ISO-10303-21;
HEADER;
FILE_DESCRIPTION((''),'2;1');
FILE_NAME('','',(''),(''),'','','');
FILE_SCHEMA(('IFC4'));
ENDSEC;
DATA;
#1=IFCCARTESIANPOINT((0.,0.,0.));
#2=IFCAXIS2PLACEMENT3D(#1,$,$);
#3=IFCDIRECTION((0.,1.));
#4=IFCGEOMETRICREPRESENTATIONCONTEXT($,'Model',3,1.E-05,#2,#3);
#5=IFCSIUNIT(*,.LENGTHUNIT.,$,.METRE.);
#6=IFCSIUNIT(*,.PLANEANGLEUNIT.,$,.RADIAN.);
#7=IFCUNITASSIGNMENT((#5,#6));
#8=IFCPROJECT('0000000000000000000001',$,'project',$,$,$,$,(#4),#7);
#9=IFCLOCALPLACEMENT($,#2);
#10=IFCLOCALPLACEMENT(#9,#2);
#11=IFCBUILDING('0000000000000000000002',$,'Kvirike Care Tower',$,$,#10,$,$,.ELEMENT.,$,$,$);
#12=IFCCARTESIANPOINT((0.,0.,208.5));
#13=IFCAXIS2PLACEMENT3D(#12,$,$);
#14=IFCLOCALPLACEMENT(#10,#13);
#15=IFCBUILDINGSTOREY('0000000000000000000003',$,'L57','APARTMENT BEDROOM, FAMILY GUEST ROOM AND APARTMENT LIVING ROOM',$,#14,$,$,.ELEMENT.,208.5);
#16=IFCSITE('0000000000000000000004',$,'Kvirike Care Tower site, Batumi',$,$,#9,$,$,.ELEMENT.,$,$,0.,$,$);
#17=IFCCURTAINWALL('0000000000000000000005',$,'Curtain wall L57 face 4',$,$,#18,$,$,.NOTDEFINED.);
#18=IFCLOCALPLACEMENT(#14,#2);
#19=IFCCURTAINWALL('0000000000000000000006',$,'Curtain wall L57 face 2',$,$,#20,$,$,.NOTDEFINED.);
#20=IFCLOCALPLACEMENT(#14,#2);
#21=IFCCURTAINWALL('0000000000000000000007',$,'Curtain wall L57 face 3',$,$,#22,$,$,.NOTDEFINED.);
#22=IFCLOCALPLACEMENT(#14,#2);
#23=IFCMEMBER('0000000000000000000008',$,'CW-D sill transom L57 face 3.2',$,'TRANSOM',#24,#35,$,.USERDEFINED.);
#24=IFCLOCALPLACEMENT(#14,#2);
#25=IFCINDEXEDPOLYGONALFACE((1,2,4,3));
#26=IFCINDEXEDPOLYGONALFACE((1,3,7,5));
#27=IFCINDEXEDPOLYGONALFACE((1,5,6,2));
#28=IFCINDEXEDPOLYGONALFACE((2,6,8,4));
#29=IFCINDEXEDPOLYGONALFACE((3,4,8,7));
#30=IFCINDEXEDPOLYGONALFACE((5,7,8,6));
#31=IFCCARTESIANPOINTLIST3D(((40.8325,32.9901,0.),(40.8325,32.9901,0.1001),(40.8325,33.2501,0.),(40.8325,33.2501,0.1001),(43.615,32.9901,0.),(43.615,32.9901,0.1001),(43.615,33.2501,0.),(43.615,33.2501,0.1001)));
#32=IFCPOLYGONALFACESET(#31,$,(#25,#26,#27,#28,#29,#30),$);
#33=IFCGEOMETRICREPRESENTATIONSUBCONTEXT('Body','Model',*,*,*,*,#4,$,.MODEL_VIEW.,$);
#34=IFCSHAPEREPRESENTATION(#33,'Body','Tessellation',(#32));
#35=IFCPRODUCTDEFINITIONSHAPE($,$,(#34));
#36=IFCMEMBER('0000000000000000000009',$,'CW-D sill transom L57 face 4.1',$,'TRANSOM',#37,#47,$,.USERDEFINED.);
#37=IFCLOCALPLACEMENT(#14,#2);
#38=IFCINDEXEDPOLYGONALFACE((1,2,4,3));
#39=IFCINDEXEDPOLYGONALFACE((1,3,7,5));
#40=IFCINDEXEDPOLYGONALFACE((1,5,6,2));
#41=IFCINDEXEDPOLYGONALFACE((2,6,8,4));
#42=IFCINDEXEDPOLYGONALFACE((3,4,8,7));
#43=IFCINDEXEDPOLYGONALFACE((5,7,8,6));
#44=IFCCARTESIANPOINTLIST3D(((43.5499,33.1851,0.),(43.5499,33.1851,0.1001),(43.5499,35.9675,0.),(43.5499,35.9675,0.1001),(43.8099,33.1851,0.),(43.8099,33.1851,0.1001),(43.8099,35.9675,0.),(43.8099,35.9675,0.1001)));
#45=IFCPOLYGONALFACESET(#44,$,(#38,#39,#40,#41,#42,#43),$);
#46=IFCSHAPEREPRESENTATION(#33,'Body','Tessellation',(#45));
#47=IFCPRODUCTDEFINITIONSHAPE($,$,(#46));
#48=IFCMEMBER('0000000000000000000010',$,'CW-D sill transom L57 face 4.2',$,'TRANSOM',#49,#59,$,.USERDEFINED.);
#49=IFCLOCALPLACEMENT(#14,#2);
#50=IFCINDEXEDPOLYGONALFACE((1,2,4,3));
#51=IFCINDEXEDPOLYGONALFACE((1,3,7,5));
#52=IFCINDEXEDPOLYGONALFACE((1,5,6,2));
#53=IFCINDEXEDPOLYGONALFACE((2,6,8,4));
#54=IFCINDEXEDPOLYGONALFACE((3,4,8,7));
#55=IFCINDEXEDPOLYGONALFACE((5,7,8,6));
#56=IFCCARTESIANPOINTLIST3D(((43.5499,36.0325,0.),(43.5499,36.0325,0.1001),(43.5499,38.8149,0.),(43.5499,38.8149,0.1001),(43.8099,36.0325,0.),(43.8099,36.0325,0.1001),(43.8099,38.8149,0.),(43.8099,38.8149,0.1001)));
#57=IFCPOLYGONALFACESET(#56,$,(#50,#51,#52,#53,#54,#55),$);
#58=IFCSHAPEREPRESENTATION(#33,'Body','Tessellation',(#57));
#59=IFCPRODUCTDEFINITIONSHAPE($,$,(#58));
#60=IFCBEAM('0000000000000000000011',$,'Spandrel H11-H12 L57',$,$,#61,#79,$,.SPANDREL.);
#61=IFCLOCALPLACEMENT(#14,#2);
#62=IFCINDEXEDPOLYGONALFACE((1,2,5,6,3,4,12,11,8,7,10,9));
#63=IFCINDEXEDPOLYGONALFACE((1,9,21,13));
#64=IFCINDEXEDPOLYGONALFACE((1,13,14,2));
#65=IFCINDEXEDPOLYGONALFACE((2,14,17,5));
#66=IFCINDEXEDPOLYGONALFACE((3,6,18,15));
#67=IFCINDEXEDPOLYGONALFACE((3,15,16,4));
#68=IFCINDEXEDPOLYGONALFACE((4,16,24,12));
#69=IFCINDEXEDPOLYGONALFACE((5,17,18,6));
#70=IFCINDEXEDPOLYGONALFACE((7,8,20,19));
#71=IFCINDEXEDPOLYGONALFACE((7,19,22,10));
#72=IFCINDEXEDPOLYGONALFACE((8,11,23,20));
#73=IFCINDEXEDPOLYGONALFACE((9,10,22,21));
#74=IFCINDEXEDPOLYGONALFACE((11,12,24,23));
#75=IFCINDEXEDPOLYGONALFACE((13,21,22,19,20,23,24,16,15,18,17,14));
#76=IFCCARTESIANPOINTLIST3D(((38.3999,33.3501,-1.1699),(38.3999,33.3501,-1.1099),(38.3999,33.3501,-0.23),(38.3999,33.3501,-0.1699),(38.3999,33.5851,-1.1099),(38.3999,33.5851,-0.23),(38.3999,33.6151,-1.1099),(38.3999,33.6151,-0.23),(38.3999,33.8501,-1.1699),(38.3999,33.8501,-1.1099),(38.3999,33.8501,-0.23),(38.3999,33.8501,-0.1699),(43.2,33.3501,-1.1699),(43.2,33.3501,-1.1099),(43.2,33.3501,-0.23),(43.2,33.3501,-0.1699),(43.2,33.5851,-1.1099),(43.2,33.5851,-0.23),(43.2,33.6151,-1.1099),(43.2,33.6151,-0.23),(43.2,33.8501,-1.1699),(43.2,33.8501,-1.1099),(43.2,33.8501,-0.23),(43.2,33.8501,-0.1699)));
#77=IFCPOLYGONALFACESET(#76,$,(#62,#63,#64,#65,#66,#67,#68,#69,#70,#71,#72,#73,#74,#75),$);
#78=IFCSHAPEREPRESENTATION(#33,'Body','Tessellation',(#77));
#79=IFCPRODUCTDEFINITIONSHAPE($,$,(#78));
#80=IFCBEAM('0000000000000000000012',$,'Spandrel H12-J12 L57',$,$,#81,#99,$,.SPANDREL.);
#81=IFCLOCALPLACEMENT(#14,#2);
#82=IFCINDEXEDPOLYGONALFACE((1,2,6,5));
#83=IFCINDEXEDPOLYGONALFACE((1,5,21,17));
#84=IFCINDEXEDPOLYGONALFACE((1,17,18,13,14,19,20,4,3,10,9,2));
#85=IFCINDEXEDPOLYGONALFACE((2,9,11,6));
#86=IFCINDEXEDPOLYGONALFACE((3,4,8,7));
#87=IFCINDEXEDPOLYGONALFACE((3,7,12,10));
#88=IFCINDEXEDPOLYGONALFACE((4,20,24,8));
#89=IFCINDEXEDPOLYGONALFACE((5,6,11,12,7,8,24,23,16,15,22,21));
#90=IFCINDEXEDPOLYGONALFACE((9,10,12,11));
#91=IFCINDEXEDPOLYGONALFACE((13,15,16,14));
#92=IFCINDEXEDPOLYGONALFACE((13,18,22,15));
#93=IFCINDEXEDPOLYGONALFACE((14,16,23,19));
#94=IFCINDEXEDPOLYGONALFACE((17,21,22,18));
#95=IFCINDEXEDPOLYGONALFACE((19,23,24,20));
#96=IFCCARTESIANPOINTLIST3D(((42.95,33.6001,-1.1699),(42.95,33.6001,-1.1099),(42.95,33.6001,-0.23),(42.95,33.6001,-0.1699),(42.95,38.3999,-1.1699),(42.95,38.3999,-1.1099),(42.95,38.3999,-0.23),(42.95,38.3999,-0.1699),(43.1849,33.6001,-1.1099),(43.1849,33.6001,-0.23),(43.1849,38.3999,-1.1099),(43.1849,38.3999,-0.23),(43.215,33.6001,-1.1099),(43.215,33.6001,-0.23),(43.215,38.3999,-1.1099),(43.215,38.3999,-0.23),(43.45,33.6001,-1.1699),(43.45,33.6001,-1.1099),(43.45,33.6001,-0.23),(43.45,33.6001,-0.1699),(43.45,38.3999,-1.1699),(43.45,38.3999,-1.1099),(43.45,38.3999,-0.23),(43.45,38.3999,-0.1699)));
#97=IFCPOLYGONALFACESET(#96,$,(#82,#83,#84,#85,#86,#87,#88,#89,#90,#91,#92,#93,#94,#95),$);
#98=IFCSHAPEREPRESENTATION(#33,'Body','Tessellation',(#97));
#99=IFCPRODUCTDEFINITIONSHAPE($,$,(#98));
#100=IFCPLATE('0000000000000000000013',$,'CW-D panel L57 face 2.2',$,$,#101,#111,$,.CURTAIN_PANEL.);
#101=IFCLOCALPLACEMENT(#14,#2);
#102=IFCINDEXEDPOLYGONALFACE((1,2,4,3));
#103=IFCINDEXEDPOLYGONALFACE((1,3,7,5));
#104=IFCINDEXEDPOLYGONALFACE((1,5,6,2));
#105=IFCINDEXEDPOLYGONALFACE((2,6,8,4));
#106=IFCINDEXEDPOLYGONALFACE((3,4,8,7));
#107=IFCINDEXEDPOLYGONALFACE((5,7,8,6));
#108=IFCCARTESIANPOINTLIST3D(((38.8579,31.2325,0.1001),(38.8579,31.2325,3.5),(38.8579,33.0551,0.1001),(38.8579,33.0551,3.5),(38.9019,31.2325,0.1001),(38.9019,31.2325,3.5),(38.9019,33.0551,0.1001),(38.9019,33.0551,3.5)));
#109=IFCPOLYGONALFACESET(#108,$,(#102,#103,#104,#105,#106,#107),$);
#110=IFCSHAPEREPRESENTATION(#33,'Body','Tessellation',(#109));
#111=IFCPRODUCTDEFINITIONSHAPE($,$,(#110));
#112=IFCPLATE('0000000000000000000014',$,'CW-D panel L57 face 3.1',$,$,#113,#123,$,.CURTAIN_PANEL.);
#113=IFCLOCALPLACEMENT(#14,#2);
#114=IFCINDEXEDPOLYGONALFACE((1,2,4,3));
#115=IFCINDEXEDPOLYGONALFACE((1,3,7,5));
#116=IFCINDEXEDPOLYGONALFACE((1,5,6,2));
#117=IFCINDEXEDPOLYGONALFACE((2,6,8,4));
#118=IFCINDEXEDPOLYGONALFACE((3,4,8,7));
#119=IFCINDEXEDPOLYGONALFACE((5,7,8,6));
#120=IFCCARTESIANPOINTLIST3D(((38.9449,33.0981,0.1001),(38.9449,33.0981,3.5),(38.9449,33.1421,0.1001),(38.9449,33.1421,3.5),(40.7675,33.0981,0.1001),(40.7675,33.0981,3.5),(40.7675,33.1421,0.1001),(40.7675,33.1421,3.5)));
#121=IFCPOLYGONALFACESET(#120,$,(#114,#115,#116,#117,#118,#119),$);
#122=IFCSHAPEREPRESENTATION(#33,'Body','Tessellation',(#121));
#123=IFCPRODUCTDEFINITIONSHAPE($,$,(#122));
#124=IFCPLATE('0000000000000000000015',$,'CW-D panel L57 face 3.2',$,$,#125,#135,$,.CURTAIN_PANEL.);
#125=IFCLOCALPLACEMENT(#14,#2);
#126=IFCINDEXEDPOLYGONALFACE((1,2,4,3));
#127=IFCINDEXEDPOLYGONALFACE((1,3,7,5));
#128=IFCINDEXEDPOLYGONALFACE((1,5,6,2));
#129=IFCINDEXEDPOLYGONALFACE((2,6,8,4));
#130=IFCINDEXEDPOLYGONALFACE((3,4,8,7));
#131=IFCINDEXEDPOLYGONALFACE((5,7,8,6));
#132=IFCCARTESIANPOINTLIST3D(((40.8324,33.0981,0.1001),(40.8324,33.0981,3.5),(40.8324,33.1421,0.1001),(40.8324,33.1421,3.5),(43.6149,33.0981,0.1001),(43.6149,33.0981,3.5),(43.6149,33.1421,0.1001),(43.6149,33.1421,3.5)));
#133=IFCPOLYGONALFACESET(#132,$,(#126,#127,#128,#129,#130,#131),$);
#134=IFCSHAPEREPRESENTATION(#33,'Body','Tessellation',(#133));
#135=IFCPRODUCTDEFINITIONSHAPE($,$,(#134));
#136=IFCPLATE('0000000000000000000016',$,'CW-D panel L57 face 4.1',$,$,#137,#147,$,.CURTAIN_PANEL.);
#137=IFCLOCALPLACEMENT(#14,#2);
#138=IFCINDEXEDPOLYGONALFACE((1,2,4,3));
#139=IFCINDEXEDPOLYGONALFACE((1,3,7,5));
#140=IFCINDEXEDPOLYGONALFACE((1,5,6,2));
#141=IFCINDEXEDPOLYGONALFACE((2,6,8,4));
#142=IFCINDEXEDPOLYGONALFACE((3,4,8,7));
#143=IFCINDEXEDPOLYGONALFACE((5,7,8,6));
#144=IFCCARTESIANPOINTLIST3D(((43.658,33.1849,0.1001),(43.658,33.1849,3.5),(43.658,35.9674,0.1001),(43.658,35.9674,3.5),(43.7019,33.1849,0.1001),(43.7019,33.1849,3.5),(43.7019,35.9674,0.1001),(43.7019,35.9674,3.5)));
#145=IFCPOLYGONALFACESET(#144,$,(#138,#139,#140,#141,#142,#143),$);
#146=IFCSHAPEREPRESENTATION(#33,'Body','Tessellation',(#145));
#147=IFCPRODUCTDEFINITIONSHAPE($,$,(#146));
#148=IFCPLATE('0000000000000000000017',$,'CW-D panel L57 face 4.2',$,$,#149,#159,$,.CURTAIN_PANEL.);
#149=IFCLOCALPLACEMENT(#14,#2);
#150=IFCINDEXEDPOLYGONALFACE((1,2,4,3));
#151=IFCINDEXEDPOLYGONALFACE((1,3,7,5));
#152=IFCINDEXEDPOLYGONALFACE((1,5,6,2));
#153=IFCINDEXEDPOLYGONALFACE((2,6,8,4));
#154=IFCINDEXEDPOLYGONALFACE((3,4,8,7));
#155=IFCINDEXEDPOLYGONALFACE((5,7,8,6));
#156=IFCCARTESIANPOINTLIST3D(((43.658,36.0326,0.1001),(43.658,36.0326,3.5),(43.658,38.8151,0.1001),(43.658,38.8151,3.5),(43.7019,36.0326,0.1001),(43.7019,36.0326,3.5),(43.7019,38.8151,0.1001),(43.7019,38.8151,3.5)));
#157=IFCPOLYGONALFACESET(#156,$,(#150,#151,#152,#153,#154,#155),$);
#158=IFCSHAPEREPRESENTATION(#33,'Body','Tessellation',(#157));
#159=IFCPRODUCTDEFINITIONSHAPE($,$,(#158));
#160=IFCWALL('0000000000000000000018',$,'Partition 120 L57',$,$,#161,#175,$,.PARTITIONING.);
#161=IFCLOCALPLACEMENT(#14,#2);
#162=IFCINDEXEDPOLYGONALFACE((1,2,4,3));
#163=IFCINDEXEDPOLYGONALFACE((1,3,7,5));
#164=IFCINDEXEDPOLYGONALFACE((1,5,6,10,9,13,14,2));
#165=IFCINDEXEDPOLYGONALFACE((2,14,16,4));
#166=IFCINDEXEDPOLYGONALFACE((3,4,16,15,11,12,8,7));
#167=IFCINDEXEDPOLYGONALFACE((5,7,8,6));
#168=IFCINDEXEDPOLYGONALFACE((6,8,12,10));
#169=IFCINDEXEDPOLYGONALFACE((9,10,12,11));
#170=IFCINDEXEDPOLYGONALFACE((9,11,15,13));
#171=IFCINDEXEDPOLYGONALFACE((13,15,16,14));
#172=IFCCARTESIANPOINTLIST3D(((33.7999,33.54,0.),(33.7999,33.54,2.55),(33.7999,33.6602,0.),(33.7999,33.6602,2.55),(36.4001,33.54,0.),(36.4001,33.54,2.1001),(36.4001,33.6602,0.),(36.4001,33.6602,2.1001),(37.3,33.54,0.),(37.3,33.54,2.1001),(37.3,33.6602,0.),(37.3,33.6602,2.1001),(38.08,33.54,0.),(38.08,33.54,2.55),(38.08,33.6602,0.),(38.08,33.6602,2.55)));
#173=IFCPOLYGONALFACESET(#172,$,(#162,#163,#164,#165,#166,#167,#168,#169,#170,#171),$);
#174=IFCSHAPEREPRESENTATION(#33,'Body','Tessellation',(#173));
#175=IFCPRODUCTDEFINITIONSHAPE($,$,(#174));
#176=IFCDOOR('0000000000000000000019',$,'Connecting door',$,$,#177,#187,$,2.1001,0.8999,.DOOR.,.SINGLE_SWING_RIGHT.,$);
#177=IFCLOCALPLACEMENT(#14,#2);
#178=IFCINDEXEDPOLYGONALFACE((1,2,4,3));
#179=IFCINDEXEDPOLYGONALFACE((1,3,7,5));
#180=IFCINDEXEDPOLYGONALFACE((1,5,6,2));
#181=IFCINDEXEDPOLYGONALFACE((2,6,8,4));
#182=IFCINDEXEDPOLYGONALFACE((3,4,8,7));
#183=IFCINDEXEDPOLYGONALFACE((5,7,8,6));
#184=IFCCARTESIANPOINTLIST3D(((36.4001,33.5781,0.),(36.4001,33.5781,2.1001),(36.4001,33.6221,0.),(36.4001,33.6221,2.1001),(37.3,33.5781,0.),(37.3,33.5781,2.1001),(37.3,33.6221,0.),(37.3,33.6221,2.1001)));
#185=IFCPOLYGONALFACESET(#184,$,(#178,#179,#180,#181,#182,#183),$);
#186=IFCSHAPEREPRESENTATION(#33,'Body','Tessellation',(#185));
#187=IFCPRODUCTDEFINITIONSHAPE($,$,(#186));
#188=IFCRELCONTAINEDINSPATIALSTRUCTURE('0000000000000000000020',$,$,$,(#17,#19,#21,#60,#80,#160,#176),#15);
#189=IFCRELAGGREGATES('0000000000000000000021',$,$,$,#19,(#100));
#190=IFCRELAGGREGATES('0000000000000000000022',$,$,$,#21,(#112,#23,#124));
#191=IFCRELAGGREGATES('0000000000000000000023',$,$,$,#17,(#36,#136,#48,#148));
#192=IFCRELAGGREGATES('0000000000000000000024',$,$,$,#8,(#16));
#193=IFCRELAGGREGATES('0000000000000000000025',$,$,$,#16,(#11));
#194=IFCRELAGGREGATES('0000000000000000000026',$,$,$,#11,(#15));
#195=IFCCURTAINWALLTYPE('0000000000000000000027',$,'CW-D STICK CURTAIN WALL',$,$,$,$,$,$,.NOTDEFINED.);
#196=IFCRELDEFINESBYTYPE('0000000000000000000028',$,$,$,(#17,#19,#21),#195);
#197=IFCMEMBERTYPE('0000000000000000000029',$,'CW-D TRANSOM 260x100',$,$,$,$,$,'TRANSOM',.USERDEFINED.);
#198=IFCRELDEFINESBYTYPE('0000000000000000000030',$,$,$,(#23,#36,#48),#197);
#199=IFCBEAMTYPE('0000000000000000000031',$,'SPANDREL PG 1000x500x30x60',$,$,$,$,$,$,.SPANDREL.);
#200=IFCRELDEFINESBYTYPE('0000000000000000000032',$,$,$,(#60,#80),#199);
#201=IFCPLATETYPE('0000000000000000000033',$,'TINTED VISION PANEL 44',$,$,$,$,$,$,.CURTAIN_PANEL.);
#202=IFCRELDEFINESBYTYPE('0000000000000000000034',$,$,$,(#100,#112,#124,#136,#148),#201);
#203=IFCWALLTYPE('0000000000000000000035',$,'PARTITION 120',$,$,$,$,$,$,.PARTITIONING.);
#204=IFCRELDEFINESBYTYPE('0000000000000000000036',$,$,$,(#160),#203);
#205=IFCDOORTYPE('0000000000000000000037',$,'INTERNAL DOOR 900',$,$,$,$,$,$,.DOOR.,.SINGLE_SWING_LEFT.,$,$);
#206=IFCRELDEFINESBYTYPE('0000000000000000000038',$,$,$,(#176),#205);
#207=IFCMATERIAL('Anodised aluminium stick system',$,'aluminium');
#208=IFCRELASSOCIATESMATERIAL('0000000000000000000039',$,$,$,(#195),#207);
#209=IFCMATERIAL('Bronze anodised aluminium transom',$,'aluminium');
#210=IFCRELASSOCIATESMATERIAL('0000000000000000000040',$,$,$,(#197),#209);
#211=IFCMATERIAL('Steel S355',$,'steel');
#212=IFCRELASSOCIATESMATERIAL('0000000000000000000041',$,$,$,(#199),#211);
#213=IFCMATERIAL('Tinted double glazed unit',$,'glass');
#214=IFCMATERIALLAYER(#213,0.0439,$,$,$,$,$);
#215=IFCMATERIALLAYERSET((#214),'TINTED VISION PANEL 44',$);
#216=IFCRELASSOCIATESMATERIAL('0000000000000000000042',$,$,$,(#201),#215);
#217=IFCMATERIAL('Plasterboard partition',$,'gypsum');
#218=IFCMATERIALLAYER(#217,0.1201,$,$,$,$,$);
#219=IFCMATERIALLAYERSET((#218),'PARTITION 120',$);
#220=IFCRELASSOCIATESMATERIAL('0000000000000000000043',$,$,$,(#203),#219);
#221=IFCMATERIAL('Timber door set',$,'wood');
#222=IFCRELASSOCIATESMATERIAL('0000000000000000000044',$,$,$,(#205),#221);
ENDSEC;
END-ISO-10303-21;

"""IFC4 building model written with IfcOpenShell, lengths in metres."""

from ifc_helpers import new_model, si_unit, direction, frame, frame_2d, origin, origin_2d, place, context, subcontext, project, spatial, rectangle, i_section, extrude, material, layer, layer_set, material_profile, profile_set, type_object, element, fill, aggregate, save


model = new_model("IFC4")

# Units and contexts
model_context = context("Model", 3, precision=1e-05, world=origin(), true_north=direction((0.0, 1.0)))
body_context = subcontext(model_context, "Body", "Model", "MODEL_VIEW")
ifc_project = project(units=[si_unit("LENGTHUNIT", "METRE"), si_unit("PLANEANGLEUNIT", "RADIAN")], contexts=[model_context])

# Site, building, storey
site_placement = place(None, origin())
site = spatial("IfcSite", under=ifc_project, at=site_placement, Name="Kvirike Care Tower site, Batumi", CompositionType="ELEMENT", RefElevation=0.0)
building_placement = place(site_placement, origin())
building = spatial("IfcBuilding", under=site, at=building_placement, Name="Kvirike Care Tower", CompositionType="ELEMENT")
storey_placement = place(building_placement, frame((0.0, 0.0, 208.5)))
storey = spatial("IfcBuildingStorey", under=building, at=storey_placement, Name="L57", Description="APARTMENT BEDROOM, FAMILY GUEST ROOM AND APARTMENT LIVING ROOM", CompositionType="ELEMENT", Elevation=208.5)

# Curtain walls
ifc_material_1 = material(Name="Anodised aluminium stick system", Category="aluminium")
curtain_wall_type = type_object("IfcCurtainWallType", Name="CW-D STICK CURTAIN WALL", PredefinedType="NOTDEFINED", material=ifc_material_1)
curtain_wall_1_placement = place(storey_placement, origin())
curtain_wall_1 = element("IfcCurtainWall", 1, at=curtain_wall_1_placement, inside=storey, type_object=curtain_wall_type, Name="Curtain wall L57 face 4", PredefinedType="NOTDEFINED")
curtain_wall_2_placement = place(storey_placement, origin())
curtain_wall_2 = element("IfcCurtainWall", 2, at=curtain_wall_2_placement, inside=storey, type_object=curtain_wall_type, Name="Curtain wall L57 face 2", PredefinedType="NOTDEFINED")

# Curtain wall
curtain_wall_3_placement = place(storey_placement, origin())
curtain_wall_3 = element("IfcCurtainWall", 3, at=curtain_wall_3_placement, inside=storey, type_object=curtain_wall_type, Name="Curtain wall L57 face 3", PredefinedType="NOTDEFINED")

# Members
ifc_material_2 = material(Name="Bronze anodised aluminium transom", Category="aluminium")
ifc_material_profile_1 = material_profile(ifc_material_2, rectangle(XDim=0.26, YDim=0.1001, at=origin_2d()), Name="CW-D TRANSOM 260x100")
ifc_profile_set_1 = profile_set([ifc_material_profile_1], Name="Bronze anodised aluminium transom")
member_type_1 = type_object("IfcMemberType", Name="CW-D TRANSOM 260x100", ElementType="TRANSOM", PredefinedType="USERDEFINED", material=ifc_profile_set_1)
member_1_placement = place(storey_placement, frame((40.8325, 33.1201, 0.05), z_axis=(1.0, 0.0, 0.0), x_axis=(0.0, 1.0, 0.0)))
member_1 = element("IfcMember", 4, at=member_1_placement, type_object=member_type_1, Name="CW-D sill transom L57 face 3.2", ObjectType="TRANSOM", PredefinedType="USERDEFINED", context=body_context, shape_type="SweptSolid", body=[
    extrude(rectangle(XDim=0.26, YDim=0.1001, at=origin_2d()), origin(), (0.0, 0.0, 1.0), 2.7825),
])
member_2_placement = place(storey_placement, frame((43.6799, 33.1851, 0.05), z_axis=(0.0, 1.0, 0.0), x_axis=(-1.0, 0.0, 0.0)))
member_2 = element("IfcMember", 5, at=member_2_placement, type_object=member_type_1, Name="CW-D sill transom L57 face 4.1", ObjectType="TRANSOM", PredefinedType="USERDEFINED", context=body_context, shape_type="SweptSolid", body=[
    extrude(rectangle(XDim=0.26, YDim=0.1001, at=origin_2d()), origin(), (0.0, 0.0, 1.0), 2.7825),
])
member_3_placement = place(storey_placement, frame((43.6799, 36.0325, 0.05), z_axis=(0.0, 1.0, 0.0), x_axis=(-1.0, 0.0, 0.0)))
member_3 = element("IfcMember", 6, at=member_3_placement, type_object=member_type_1, Name="CW-D sill transom L57 face 4.2", ObjectType="TRANSOM", PredefinedType="USERDEFINED", context=body_context, shape_type="SweptSolid", body=[
    extrude(rectangle(XDim=0.26, YDim=0.1001, at=origin_2d()), origin(), (0.0, 0.0, 1.0), 2.7825),
])

# Beams
ifc_material_3 = material(Name="Steel S355", Category="steel")
ifc_material_profile_2 = material_profile(ifc_material_3, i_section(OverallWidth=0.5, OverallDepth=1.0, WebThickness=0.03, FlangeThickness=0.0601, at=origin_2d()), Name="PG 1000x500x30x60")
ifc_profile_set_2 = profile_set([ifc_material_profile_2], Name="Steel S355")
beam_type = type_object("IfcBeamType", Name="SPANDREL PG 1000x500x30x60", PredefinedType="SPANDREL", material=ifc_profile_set_2)
beam_1_placement = place(storey_placement, frame((38.3999, 33.6001, -0.6699), z_axis=(1.0, 0.0, 0.0), x_axis=(0.0, 1.0, 0.0)))
element("IfcBeam", 7, at=beam_1_placement, inside=storey, type_object=beam_type, Name="Spandrel H11-H12 L57", PredefinedType="SPANDREL", context=body_context, shape_type="SweptSolid", body=[
    extrude(i_section(OverallWidth=0.5, OverallDepth=1.0, WebThickness=0.03, FlangeThickness=0.0601, at=origin_2d()), origin(), (0.0, 0.0, 1.0), 4.8),
])
beam_2_placement = place(storey_placement, frame((43.2, 33.6001, -0.6699), z_axis=(0.0, 1.0, 0.0), x_axis=(-1.0, 0.0, 0.0)))
element("IfcBeam", 8, at=beam_2_placement, inside=storey, type_object=beam_type, Name="Spandrel H12-J12 L57", PredefinedType="SPANDREL", context=body_context, shape_type="SweptSolid", body=[
    extrude(i_section(OverallWidth=0.5, OverallDepth=1.0, WebThickness=0.03, FlangeThickness=0.0601, at=origin_2d()), origin(), (0.0, 0.0, 1.0), 4.7998),
])

# Plates
ifc_material_4 = material(Name="Tinted double glazed unit", Category="glass")
ifc_layer_1 = layer(ifc_material_4, 0.0439)
ifc_layer_set_1 = layer_set([ifc_layer_1], Name="TINTED VISION PANEL 44")
plate_type = type_object("IfcPlateType", Name="TINTED VISION PANEL 44", PredefinedType="CURTAIN_PANEL", material=ifc_layer_set_1)
plate_1_placement = place(storey_placement, frame((38.8799, 32.1438, 0.1001), z_axis=(0.0, 0.0, 1.0), x_axis=(0.0, 1.0, 0.0)))
plate_1 = element("IfcPlate", 9, at=plate_1_placement, type_object=plate_type, Name="CW-D panel L57 face 2.2", PredefinedType="CURTAIN_PANEL", context=body_context, shape_type="SweptSolid", body=[
    extrude(rectangle(XDim=1.8225, YDim=0.0439, at=origin_2d()), origin(), (0.0, 0.0, 1.0), 3.3999),
])
aggregate(curtain_wall_2, [plate_1])
plate_2_placement = place(storey_placement, frame((39.8562, 33.1201, 0.1001), z_axis=(0.0, 0.0, 1.0), x_axis=(1.0, 0.0, 0.0)))
plate_2 = element("IfcPlate", 10, at=plate_2_placement, type_object=plate_type, Name="CW-D panel L57 face 3.1", PredefinedType="CURTAIN_PANEL", context=body_context, shape_type="SweptSolid", body=[
    extrude(rectangle(XDim=1.8225, YDim=0.0439, at=origin_2d()), origin(), (0.0, 0.0, 1.0), 3.3999),
])
plate_3_placement = place(storey_placement, frame((42.2236, 33.1201, 0.1001), z_axis=(0.0, 0.0, 1.0), x_axis=(1.0, 0.0, 0.0)))
plate_3 = element("IfcPlate", 11, at=plate_3_placement, type_object=plate_type, Name="CW-D panel L57 face 3.2", PredefinedType="CURTAIN_PANEL", context=body_context, shape_type="SweptSolid", body=[
    extrude(rectangle(XDim=2.7825, YDim=0.0439, at=origin_2d()), origin(), (0.0, 0.0, 1.0), 3.3999),
])
aggregate(curtain_wall_3, [plate_2, member_1, plate_3])
plate_4_placement = place(storey_placement, frame((43.6799, 34.5762, 0.1001), z_axis=(0.0, 0.0, 1.0), x_axis=(0.0, 1.0, 0.0)))
plate_4 = element("IfcPlate", 12, at=plate_4_placement, type_object=plate_type, Name="CW-D panel L57 face 4.1", PredefinedType="CURTAIN_PANEL", context=body_context, shape_type="SweptSolid", body=[
    extrude(rectangle(XDim=2.7825, YDim=0.0439, at=origin_2d()), origin(), (0.0, 0.0, 1.0), 3.3999),
])
plate_5_placement = place(storey_placement, frame((43.6799, 37.4238, 0.1001), z_axis=(0.0, 0.0, 1.0), x_axis=(0.0, 1.0, 0.0)))
plate_5 = element("IfcPlate", 13, at=plate_5_placement, type_object=plate_type, Name="CW-D panel L57 face 4.2", PredefinedType="CURTAIN_PANEL", context=body_context, shape_type="SweptSolid", body=[
    extrude(rectangle(XDim=2.7825, YDim=0.0439, at=origin_2d()), origin(), (0.0, 0.0, 1.0), 3.3999),
])
aggregate(curtain_wall_1, [member_2, plate_4, member_3, plate_5])

# Wall, opening, door
ifc_material_5 = material(Name="Plasterboard partition", Category="gypsum")
ifc_layer_2 = layer(ifc_material_5, 0.1201)
ifc_layer_set_2 = layer_set([ifc_layer_2], Name="PARTITION 120")
wall_type_1 = type_object("IfcWallType", Name="PARTITION 120", PredefinedType="PARTITIONING", material=ifc_layer_set_2)
wall_1_placement = place(storey_placement, frame((38.0801, 33.6001, 0.0), z_axis=(0.0, 0.0, 1.0), x_axis=(-1.0, 0.0, 0.0)))
wall_1 = element("IfcWall", 14, at=wall_1_placement, inside=storey, type_object=wall_type_1, Name="Partition 120 L57", PredefinedType="PARTITIONING", context=body_context, shape_type="SweptSolid", body=[
    extrude(rectangle(XDim=4.28, YDim=0.1201, at=frame_2d((2.1401, 0.0))), origin(), (0.0, 0.0, 1.0), 2.55),
])
opening_placement = place(wall_1_placement, frame((0.78, 0.0, 0.0)))
opening = element("IfcOpeningElement", 15, at=opening_placement, cuts=wall_1, PredefinedType="OPENING", context=body_context, shape_type="SweptSolid", body=[
    extrude(rectangle(XDim=0.8999, YDim=2.1001, at=frame_2d((0.45, 1.05))), frame((0.0, 0.0706, 0.0), z_axis=(0.0, -1.0, 0.0), x_axis=(1.0, 0.0, 0.0)), (0.0, 0.0, 1.0), 0.1411),
])
ifc_material_6 = material(Name="Timber door set", Category="wood")
door_type = type_object("IfcDoorType", Name="INTERNAL DOOR 900", OperationType="SINGLE_SWING_LEFT", PredefinedType="DOOR", material=ifc_material_6)
door_placement = place(opening_placement, origin())
door = element("IfcDoor", 16, at=door_placement, inside=storey, type_object=door_type, Name="Connecting door", OperationType="SINGLE_SWING_RIGHT", OverallHeight=2.1001, OverallWidth=0.8999, PredefinedType="DOOR", context=body_context, shape_type="SweptSolid", body=[
    extrude(rectangle(XDim=0.8999, YDim=2.1001, at=frame_2d((0.45, 1.05))), frame((0.0, 0.022, 0.0), z_axis=(0.0, -1.0, 0.0), x_axis=(1.0, 0.0, 0.0)), (0.0, 0.0, 1.0), 0.0439),
])
fill(opening, door)

save(model, "model.ifc")
